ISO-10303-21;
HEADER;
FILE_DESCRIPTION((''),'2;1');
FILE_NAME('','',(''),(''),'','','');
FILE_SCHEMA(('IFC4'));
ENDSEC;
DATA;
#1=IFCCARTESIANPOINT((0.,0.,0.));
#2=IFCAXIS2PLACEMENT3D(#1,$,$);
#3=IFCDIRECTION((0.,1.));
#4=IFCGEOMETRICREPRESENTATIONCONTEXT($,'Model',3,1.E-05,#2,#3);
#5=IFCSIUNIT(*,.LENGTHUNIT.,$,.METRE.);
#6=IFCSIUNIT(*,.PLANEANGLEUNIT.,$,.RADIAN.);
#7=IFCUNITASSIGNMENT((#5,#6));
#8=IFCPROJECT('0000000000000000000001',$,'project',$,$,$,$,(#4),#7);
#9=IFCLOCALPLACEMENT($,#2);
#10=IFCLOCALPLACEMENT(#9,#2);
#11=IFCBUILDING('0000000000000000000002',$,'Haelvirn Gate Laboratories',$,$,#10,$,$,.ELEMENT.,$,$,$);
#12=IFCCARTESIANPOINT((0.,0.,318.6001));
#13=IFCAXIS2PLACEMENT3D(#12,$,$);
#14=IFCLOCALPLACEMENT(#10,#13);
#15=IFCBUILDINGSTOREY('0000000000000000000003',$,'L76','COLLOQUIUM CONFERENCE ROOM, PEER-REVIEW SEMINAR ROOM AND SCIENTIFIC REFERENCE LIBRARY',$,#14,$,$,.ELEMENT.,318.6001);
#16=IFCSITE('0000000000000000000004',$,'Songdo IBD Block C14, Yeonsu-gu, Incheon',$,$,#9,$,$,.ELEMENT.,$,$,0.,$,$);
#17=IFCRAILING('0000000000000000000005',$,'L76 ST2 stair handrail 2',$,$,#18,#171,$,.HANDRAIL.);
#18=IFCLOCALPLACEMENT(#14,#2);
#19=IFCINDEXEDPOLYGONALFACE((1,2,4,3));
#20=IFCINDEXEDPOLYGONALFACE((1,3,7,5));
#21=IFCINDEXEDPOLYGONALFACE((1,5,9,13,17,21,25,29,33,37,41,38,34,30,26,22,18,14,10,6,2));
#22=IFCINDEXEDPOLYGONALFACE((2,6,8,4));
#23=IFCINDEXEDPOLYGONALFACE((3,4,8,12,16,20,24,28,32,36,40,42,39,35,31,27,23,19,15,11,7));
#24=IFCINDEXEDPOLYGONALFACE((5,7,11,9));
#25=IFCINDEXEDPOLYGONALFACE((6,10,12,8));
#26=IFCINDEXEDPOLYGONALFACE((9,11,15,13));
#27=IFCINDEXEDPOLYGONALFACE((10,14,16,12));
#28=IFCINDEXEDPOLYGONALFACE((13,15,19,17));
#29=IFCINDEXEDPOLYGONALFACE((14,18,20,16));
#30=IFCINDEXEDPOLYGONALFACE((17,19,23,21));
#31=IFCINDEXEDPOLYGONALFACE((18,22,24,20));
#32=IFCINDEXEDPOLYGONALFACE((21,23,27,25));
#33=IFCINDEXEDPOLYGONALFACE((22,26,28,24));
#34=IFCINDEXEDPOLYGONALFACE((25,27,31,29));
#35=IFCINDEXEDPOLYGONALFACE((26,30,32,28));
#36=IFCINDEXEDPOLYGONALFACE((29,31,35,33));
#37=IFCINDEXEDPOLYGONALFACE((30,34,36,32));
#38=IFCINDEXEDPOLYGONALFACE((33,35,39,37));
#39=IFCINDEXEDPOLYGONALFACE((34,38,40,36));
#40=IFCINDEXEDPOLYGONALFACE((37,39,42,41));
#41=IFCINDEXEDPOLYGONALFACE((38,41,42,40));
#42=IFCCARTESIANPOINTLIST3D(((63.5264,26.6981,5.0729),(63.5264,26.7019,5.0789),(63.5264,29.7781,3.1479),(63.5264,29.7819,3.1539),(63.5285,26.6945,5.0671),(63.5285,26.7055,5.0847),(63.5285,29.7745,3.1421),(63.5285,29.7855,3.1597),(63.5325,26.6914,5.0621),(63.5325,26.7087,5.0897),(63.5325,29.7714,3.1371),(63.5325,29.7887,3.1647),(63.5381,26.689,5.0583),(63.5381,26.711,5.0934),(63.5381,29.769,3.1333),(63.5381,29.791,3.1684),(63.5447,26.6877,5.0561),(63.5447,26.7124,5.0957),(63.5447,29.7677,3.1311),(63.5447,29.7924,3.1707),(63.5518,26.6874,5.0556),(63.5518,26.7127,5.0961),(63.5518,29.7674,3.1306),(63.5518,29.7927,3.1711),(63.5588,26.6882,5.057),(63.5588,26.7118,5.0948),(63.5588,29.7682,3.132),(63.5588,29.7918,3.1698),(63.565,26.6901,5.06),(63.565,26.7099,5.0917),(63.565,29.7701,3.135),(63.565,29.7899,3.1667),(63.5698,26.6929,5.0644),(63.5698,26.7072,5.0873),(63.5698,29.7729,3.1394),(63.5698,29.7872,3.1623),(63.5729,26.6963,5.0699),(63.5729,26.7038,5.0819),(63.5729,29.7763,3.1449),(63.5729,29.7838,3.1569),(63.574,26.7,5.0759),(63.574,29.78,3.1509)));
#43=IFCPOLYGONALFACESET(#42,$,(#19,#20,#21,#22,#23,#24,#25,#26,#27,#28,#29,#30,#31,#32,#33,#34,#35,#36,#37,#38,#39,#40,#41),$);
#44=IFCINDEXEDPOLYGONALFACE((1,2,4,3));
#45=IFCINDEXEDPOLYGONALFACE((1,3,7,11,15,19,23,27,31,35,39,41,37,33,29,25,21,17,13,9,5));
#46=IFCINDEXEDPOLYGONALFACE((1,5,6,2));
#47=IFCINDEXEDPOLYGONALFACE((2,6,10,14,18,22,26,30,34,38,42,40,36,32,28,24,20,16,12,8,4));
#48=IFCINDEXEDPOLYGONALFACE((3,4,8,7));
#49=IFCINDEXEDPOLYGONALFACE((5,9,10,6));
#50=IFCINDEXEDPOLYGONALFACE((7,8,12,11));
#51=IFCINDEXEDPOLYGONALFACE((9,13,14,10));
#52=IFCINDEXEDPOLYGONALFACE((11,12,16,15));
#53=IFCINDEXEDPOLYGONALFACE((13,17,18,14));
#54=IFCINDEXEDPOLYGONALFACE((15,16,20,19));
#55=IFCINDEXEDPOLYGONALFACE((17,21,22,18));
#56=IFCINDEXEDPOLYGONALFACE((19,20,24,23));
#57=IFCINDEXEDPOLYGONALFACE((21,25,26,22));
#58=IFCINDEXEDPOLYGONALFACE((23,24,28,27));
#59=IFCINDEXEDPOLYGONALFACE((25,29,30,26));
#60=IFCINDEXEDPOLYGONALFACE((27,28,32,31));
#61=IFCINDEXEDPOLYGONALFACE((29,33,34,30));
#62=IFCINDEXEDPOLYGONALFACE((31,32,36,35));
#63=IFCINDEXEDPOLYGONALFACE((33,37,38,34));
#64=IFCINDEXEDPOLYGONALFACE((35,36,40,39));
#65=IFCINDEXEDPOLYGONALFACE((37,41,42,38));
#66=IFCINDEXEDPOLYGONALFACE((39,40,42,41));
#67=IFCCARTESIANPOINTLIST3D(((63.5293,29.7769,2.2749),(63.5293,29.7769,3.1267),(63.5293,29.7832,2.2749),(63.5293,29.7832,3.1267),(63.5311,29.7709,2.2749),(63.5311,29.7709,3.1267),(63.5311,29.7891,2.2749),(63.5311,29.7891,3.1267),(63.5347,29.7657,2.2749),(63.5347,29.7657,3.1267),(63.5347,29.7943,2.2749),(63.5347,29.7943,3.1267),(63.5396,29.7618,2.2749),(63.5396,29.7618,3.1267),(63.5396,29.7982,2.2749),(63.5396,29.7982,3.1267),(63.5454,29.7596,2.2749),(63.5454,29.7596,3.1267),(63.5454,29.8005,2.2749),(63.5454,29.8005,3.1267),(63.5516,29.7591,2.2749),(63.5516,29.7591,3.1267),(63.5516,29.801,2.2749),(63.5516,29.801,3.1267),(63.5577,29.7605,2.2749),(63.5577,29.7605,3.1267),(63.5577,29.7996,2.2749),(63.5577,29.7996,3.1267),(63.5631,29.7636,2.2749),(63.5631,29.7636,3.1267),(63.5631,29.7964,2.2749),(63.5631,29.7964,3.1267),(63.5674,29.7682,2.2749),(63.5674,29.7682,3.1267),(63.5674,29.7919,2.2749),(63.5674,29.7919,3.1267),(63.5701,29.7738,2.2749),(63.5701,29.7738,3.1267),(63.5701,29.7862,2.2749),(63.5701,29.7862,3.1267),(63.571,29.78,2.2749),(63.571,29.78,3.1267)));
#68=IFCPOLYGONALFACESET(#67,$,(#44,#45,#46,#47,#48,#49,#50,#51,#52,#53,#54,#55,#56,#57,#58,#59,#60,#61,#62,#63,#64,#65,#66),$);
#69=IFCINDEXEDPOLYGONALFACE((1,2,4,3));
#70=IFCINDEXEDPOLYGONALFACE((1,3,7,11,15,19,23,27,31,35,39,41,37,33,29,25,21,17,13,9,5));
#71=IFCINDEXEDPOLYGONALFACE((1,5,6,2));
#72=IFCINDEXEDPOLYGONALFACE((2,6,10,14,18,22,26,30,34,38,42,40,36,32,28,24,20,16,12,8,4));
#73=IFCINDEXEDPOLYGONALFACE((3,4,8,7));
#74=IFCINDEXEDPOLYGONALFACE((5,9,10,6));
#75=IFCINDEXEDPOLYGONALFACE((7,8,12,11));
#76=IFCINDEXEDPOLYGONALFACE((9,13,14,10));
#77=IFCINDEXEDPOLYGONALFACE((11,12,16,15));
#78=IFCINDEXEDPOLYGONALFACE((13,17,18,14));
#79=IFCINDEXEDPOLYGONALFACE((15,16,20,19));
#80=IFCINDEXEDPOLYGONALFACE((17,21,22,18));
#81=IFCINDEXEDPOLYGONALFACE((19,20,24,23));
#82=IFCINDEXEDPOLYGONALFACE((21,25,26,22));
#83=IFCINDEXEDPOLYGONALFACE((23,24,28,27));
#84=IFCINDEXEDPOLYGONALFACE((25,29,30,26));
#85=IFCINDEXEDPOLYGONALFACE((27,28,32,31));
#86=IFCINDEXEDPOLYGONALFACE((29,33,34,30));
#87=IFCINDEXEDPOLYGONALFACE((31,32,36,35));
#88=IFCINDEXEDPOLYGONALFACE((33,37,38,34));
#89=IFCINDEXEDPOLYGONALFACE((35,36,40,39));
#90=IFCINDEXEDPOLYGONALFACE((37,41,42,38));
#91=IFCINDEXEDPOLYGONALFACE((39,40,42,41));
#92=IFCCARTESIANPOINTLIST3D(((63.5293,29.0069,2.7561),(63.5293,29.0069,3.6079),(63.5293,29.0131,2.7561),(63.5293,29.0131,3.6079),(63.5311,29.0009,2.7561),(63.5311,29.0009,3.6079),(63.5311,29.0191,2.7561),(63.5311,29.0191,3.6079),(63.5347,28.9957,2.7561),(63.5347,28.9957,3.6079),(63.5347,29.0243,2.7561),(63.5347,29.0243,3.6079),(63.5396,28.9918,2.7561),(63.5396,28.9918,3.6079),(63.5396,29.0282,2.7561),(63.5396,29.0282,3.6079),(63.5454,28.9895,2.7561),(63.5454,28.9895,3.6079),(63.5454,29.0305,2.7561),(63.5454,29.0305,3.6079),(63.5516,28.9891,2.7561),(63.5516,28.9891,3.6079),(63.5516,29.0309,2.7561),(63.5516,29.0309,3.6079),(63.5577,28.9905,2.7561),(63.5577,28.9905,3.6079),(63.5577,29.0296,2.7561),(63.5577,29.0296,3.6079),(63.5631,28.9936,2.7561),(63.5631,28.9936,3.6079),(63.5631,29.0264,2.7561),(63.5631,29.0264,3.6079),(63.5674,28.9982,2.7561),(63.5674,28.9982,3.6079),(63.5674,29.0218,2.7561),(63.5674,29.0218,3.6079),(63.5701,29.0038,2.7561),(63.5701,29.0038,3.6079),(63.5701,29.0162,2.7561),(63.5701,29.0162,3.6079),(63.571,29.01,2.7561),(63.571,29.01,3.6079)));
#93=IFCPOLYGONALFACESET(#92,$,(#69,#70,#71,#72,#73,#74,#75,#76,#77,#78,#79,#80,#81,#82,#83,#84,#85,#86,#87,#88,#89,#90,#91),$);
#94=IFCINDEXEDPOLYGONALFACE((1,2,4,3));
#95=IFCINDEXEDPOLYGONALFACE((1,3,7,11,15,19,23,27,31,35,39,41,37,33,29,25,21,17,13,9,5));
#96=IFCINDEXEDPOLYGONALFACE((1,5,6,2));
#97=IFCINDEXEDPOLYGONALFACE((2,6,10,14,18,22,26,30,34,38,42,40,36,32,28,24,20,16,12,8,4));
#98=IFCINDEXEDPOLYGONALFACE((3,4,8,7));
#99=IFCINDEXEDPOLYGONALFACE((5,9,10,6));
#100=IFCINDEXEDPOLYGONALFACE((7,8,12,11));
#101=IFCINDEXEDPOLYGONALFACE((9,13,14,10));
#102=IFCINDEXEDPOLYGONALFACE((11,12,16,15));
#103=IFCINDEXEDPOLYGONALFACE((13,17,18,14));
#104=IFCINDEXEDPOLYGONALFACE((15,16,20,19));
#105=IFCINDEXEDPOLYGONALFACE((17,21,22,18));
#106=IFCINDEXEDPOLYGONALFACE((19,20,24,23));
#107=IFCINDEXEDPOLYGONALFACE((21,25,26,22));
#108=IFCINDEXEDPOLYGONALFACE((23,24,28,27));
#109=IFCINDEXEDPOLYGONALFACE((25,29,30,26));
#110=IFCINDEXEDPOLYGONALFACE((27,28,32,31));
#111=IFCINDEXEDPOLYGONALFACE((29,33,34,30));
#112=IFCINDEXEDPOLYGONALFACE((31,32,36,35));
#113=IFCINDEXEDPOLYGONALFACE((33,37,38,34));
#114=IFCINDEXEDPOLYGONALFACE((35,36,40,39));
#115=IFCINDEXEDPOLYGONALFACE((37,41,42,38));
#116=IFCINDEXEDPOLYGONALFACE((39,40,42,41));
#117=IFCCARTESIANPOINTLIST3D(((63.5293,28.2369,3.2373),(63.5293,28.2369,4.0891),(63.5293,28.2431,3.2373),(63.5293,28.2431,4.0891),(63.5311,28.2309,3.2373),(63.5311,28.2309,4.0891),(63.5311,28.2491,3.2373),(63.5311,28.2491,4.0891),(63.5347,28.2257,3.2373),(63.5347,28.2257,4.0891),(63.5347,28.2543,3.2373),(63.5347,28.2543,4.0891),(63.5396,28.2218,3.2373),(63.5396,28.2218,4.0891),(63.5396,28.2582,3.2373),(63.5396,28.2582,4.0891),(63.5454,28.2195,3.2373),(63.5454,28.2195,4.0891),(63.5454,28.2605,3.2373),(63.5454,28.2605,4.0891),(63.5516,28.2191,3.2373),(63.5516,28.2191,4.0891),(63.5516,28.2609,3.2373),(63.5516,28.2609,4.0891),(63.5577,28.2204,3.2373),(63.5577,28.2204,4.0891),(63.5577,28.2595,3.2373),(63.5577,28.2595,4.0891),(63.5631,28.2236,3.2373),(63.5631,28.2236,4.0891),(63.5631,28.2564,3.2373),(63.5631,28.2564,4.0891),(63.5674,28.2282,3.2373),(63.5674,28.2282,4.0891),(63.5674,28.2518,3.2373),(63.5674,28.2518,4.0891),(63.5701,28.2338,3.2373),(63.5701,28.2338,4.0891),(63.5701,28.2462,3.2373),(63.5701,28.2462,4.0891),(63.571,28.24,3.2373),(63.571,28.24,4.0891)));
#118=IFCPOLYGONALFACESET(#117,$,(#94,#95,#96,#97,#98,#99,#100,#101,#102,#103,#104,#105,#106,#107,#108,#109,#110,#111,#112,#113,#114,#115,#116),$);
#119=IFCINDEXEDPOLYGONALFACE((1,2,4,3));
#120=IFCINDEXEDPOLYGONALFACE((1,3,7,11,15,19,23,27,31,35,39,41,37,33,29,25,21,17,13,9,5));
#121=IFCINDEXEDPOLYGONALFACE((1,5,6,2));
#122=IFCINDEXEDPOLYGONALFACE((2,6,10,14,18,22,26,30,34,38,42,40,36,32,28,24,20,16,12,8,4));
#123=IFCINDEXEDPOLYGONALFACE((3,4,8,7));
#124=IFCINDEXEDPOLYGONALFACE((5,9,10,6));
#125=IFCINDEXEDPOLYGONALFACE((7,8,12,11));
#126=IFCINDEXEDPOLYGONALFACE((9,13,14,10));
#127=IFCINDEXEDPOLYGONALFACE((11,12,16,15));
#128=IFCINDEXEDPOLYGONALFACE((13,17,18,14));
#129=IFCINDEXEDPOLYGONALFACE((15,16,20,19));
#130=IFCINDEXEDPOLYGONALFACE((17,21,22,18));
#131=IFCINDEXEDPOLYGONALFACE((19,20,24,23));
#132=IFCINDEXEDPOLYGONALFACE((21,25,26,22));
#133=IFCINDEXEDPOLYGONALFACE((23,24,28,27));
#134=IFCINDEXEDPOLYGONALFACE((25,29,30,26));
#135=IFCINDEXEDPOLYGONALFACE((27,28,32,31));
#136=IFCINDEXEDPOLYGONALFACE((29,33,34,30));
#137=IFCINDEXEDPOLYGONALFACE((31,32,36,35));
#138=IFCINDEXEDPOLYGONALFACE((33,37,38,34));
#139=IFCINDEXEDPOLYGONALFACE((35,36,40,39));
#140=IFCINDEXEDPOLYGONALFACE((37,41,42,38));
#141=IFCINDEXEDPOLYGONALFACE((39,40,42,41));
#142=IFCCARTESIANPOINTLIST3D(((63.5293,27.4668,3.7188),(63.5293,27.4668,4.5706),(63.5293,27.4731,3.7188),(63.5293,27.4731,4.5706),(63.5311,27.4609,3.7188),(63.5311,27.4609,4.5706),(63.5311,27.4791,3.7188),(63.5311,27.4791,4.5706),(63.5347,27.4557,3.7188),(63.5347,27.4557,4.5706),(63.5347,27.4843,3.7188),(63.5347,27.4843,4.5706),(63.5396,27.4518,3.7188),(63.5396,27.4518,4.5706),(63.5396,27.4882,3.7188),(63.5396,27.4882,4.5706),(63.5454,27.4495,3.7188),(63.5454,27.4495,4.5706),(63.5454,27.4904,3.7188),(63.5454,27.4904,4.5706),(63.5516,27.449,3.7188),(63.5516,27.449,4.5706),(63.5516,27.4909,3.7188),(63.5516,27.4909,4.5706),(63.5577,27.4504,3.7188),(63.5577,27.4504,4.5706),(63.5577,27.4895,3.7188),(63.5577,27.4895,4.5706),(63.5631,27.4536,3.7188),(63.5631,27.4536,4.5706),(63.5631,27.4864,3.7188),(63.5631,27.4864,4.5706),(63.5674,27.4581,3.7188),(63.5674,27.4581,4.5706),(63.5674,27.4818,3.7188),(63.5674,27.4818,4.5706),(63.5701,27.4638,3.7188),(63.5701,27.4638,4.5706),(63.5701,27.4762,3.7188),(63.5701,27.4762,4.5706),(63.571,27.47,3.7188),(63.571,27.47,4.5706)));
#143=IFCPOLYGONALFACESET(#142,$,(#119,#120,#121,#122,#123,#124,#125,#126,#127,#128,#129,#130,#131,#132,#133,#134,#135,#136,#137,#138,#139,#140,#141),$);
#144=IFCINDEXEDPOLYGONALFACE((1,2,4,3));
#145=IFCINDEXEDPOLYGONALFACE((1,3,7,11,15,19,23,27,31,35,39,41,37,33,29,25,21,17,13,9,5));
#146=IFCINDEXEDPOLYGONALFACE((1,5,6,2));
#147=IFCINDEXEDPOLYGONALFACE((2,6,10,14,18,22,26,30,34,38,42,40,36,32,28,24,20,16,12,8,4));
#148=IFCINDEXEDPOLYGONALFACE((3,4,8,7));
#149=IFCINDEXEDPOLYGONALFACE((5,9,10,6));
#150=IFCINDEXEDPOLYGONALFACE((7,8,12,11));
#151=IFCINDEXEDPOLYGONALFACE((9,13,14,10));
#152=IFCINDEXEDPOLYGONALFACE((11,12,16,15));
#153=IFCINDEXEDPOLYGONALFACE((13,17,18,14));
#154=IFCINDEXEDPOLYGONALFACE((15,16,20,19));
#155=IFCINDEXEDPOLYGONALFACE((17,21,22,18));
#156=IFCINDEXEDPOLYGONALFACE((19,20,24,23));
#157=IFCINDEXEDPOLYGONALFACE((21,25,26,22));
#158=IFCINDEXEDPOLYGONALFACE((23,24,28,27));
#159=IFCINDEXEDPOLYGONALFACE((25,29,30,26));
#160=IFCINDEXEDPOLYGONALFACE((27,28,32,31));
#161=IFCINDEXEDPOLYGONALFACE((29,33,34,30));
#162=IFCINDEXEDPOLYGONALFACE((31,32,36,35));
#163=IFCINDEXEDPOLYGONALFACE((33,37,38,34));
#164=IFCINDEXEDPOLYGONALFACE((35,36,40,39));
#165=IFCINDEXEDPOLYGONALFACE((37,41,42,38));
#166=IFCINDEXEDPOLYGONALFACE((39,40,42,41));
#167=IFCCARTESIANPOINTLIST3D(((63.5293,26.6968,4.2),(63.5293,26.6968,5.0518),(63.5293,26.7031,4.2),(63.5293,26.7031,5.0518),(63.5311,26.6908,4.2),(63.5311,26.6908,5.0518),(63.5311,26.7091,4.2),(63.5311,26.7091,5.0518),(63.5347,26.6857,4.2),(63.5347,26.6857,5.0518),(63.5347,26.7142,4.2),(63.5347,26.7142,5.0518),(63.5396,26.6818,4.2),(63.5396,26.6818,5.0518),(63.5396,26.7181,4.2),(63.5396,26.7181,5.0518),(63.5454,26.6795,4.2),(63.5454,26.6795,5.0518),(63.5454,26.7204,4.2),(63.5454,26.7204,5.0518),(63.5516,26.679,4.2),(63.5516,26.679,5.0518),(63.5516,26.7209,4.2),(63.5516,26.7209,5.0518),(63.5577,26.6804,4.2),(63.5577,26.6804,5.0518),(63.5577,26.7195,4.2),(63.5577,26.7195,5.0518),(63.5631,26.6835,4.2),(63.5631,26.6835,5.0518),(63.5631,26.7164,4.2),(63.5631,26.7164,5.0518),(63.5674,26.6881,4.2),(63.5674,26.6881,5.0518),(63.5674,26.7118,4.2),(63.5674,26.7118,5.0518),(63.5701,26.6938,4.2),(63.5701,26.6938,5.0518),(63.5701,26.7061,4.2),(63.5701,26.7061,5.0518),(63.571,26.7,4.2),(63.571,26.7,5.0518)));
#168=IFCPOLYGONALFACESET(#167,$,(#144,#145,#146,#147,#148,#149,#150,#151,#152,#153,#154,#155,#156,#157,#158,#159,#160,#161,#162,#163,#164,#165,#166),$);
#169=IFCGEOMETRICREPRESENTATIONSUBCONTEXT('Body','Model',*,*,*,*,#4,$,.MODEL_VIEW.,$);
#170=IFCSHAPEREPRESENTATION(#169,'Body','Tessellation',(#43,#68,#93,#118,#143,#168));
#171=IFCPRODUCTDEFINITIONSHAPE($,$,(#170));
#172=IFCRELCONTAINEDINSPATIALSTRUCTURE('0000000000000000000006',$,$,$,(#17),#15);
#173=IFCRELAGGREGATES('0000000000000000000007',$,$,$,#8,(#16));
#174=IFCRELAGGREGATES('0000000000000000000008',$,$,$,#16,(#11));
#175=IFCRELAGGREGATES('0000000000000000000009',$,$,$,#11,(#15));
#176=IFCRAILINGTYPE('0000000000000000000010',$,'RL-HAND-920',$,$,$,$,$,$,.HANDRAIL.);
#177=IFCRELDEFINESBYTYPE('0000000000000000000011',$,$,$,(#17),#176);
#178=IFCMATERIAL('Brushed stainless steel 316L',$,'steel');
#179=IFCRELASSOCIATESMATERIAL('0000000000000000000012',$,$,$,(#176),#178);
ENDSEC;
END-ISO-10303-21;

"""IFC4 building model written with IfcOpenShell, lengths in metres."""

from ifc_helpers import new_model, si_unit, direction, frame, origin, origin_2d, place, context, subcontext, project, spatial, circle, extrude, source, transform, mapped, material, type_object, element, save


model = new_model("IFC4")

# Units and contexts
model_context = context("Model", 3, precision=1e-05, world=origin(), true_north=direction((0.0, 1.0)))
body_context = subcontext(model_context, "Body", "Model", "MODEL_VIEW")
ifc_project = project(units=[si_unit("LENGTHUNIT", "METRE"), si_unit("PLANEANGLEUNIT", "RADIAN")], contexts=[model_context])

# Site, building, storey
site_placement = place(None, origin())
site = spatial("IfcSite", under=ifc_project, at=site_placement, Name="Songdo IBD Block C14, Yeonsu-gu, Incheon", CompositionType="ELEMENT", RefElevation=0.0)
building_placement = place(site_placement, origin())
building = spatial("IfcBuilding", under=site, at=building_placement, Name="Haelvirn Gate Laboratories", CompositionType="ELEMENT")
storey_placement = place(building_placement, frame((0.0, 0.0, 318.6001)))
storey = spatial("IfcBuildingStorey", under=building, at=storey_placement, Name="L76", Description="COLLOQUIUM CONFERENCE ROOM, PEER-REVIEW SEMINAR ROOM AND SCIENTIFIC REFERENCE LIBRARY", CompositionType="ELEMENT", Elevation=318.6001)

# Railing
ifc_material_1 = material(Name="Brushed stainless steel 316L", Category="steel")
railing_type_1 = type_object("IfcRailingType", Name="RL-HAND-920", PredefinedType="HANDRAIL", material=ifc_material_1)
shared_shape_1 = source(origin(), body_context, "Body", "SweptSolid", [
    extrude(circle(Radius=0.0239, at=origin_2d()), frame((0.0, 0.0, 0.876), z_axis=(0.0, -0.847998, 0.529999), x_axis=(1.0, 0.0, 0.0)), (0.0, 0.0, 1.0), 3.6321),
    extrude(circle(Radius=0.021, at=origin_2d()), origin(), (0.0, 0.0, 1.0), 0.8518),
    extrude(circle(Radius=0.021, at=origin_2d()), frame((0.0, -0.77, 0.4812)), (0.0, 0.0, 1.0), 0.8518),
    extrude(circle(Radius=0.021, at=origin_2d()), frame((0.0, -1.54, 0.9624)), (0.0, 0.0, 1.0), 0.8518),
    extrude(circle(Radius=0.021, at=origin_2d()), frame((0.0, -2.3101, 1.4438)), (0.0, 0.0, 1.0), 0.8518),
    extrude(circle(Radius=0.021, at=origin_2d()), frame((0.0, -3.0801, 1.925)), (0.0, 0.0, 1.0), 0.8518),
])
railing_1_placement = place(storey_placement, frame((63.55, 29.78, 2.2749)))
element("IfcRailing", 1, at=railing_1_placement, inside=storey, type_object=railing_type_1, Name="L76 ST2 stair handrail 2", PredefinedType="HANDRAIL", context=body_context, shape_type="MappedRepresentation", body=[
    mapped(shared_shape_1, transform((0.0, 0.0, 0.0), scale=1.0)),
])

save(model, "model.ifc")
